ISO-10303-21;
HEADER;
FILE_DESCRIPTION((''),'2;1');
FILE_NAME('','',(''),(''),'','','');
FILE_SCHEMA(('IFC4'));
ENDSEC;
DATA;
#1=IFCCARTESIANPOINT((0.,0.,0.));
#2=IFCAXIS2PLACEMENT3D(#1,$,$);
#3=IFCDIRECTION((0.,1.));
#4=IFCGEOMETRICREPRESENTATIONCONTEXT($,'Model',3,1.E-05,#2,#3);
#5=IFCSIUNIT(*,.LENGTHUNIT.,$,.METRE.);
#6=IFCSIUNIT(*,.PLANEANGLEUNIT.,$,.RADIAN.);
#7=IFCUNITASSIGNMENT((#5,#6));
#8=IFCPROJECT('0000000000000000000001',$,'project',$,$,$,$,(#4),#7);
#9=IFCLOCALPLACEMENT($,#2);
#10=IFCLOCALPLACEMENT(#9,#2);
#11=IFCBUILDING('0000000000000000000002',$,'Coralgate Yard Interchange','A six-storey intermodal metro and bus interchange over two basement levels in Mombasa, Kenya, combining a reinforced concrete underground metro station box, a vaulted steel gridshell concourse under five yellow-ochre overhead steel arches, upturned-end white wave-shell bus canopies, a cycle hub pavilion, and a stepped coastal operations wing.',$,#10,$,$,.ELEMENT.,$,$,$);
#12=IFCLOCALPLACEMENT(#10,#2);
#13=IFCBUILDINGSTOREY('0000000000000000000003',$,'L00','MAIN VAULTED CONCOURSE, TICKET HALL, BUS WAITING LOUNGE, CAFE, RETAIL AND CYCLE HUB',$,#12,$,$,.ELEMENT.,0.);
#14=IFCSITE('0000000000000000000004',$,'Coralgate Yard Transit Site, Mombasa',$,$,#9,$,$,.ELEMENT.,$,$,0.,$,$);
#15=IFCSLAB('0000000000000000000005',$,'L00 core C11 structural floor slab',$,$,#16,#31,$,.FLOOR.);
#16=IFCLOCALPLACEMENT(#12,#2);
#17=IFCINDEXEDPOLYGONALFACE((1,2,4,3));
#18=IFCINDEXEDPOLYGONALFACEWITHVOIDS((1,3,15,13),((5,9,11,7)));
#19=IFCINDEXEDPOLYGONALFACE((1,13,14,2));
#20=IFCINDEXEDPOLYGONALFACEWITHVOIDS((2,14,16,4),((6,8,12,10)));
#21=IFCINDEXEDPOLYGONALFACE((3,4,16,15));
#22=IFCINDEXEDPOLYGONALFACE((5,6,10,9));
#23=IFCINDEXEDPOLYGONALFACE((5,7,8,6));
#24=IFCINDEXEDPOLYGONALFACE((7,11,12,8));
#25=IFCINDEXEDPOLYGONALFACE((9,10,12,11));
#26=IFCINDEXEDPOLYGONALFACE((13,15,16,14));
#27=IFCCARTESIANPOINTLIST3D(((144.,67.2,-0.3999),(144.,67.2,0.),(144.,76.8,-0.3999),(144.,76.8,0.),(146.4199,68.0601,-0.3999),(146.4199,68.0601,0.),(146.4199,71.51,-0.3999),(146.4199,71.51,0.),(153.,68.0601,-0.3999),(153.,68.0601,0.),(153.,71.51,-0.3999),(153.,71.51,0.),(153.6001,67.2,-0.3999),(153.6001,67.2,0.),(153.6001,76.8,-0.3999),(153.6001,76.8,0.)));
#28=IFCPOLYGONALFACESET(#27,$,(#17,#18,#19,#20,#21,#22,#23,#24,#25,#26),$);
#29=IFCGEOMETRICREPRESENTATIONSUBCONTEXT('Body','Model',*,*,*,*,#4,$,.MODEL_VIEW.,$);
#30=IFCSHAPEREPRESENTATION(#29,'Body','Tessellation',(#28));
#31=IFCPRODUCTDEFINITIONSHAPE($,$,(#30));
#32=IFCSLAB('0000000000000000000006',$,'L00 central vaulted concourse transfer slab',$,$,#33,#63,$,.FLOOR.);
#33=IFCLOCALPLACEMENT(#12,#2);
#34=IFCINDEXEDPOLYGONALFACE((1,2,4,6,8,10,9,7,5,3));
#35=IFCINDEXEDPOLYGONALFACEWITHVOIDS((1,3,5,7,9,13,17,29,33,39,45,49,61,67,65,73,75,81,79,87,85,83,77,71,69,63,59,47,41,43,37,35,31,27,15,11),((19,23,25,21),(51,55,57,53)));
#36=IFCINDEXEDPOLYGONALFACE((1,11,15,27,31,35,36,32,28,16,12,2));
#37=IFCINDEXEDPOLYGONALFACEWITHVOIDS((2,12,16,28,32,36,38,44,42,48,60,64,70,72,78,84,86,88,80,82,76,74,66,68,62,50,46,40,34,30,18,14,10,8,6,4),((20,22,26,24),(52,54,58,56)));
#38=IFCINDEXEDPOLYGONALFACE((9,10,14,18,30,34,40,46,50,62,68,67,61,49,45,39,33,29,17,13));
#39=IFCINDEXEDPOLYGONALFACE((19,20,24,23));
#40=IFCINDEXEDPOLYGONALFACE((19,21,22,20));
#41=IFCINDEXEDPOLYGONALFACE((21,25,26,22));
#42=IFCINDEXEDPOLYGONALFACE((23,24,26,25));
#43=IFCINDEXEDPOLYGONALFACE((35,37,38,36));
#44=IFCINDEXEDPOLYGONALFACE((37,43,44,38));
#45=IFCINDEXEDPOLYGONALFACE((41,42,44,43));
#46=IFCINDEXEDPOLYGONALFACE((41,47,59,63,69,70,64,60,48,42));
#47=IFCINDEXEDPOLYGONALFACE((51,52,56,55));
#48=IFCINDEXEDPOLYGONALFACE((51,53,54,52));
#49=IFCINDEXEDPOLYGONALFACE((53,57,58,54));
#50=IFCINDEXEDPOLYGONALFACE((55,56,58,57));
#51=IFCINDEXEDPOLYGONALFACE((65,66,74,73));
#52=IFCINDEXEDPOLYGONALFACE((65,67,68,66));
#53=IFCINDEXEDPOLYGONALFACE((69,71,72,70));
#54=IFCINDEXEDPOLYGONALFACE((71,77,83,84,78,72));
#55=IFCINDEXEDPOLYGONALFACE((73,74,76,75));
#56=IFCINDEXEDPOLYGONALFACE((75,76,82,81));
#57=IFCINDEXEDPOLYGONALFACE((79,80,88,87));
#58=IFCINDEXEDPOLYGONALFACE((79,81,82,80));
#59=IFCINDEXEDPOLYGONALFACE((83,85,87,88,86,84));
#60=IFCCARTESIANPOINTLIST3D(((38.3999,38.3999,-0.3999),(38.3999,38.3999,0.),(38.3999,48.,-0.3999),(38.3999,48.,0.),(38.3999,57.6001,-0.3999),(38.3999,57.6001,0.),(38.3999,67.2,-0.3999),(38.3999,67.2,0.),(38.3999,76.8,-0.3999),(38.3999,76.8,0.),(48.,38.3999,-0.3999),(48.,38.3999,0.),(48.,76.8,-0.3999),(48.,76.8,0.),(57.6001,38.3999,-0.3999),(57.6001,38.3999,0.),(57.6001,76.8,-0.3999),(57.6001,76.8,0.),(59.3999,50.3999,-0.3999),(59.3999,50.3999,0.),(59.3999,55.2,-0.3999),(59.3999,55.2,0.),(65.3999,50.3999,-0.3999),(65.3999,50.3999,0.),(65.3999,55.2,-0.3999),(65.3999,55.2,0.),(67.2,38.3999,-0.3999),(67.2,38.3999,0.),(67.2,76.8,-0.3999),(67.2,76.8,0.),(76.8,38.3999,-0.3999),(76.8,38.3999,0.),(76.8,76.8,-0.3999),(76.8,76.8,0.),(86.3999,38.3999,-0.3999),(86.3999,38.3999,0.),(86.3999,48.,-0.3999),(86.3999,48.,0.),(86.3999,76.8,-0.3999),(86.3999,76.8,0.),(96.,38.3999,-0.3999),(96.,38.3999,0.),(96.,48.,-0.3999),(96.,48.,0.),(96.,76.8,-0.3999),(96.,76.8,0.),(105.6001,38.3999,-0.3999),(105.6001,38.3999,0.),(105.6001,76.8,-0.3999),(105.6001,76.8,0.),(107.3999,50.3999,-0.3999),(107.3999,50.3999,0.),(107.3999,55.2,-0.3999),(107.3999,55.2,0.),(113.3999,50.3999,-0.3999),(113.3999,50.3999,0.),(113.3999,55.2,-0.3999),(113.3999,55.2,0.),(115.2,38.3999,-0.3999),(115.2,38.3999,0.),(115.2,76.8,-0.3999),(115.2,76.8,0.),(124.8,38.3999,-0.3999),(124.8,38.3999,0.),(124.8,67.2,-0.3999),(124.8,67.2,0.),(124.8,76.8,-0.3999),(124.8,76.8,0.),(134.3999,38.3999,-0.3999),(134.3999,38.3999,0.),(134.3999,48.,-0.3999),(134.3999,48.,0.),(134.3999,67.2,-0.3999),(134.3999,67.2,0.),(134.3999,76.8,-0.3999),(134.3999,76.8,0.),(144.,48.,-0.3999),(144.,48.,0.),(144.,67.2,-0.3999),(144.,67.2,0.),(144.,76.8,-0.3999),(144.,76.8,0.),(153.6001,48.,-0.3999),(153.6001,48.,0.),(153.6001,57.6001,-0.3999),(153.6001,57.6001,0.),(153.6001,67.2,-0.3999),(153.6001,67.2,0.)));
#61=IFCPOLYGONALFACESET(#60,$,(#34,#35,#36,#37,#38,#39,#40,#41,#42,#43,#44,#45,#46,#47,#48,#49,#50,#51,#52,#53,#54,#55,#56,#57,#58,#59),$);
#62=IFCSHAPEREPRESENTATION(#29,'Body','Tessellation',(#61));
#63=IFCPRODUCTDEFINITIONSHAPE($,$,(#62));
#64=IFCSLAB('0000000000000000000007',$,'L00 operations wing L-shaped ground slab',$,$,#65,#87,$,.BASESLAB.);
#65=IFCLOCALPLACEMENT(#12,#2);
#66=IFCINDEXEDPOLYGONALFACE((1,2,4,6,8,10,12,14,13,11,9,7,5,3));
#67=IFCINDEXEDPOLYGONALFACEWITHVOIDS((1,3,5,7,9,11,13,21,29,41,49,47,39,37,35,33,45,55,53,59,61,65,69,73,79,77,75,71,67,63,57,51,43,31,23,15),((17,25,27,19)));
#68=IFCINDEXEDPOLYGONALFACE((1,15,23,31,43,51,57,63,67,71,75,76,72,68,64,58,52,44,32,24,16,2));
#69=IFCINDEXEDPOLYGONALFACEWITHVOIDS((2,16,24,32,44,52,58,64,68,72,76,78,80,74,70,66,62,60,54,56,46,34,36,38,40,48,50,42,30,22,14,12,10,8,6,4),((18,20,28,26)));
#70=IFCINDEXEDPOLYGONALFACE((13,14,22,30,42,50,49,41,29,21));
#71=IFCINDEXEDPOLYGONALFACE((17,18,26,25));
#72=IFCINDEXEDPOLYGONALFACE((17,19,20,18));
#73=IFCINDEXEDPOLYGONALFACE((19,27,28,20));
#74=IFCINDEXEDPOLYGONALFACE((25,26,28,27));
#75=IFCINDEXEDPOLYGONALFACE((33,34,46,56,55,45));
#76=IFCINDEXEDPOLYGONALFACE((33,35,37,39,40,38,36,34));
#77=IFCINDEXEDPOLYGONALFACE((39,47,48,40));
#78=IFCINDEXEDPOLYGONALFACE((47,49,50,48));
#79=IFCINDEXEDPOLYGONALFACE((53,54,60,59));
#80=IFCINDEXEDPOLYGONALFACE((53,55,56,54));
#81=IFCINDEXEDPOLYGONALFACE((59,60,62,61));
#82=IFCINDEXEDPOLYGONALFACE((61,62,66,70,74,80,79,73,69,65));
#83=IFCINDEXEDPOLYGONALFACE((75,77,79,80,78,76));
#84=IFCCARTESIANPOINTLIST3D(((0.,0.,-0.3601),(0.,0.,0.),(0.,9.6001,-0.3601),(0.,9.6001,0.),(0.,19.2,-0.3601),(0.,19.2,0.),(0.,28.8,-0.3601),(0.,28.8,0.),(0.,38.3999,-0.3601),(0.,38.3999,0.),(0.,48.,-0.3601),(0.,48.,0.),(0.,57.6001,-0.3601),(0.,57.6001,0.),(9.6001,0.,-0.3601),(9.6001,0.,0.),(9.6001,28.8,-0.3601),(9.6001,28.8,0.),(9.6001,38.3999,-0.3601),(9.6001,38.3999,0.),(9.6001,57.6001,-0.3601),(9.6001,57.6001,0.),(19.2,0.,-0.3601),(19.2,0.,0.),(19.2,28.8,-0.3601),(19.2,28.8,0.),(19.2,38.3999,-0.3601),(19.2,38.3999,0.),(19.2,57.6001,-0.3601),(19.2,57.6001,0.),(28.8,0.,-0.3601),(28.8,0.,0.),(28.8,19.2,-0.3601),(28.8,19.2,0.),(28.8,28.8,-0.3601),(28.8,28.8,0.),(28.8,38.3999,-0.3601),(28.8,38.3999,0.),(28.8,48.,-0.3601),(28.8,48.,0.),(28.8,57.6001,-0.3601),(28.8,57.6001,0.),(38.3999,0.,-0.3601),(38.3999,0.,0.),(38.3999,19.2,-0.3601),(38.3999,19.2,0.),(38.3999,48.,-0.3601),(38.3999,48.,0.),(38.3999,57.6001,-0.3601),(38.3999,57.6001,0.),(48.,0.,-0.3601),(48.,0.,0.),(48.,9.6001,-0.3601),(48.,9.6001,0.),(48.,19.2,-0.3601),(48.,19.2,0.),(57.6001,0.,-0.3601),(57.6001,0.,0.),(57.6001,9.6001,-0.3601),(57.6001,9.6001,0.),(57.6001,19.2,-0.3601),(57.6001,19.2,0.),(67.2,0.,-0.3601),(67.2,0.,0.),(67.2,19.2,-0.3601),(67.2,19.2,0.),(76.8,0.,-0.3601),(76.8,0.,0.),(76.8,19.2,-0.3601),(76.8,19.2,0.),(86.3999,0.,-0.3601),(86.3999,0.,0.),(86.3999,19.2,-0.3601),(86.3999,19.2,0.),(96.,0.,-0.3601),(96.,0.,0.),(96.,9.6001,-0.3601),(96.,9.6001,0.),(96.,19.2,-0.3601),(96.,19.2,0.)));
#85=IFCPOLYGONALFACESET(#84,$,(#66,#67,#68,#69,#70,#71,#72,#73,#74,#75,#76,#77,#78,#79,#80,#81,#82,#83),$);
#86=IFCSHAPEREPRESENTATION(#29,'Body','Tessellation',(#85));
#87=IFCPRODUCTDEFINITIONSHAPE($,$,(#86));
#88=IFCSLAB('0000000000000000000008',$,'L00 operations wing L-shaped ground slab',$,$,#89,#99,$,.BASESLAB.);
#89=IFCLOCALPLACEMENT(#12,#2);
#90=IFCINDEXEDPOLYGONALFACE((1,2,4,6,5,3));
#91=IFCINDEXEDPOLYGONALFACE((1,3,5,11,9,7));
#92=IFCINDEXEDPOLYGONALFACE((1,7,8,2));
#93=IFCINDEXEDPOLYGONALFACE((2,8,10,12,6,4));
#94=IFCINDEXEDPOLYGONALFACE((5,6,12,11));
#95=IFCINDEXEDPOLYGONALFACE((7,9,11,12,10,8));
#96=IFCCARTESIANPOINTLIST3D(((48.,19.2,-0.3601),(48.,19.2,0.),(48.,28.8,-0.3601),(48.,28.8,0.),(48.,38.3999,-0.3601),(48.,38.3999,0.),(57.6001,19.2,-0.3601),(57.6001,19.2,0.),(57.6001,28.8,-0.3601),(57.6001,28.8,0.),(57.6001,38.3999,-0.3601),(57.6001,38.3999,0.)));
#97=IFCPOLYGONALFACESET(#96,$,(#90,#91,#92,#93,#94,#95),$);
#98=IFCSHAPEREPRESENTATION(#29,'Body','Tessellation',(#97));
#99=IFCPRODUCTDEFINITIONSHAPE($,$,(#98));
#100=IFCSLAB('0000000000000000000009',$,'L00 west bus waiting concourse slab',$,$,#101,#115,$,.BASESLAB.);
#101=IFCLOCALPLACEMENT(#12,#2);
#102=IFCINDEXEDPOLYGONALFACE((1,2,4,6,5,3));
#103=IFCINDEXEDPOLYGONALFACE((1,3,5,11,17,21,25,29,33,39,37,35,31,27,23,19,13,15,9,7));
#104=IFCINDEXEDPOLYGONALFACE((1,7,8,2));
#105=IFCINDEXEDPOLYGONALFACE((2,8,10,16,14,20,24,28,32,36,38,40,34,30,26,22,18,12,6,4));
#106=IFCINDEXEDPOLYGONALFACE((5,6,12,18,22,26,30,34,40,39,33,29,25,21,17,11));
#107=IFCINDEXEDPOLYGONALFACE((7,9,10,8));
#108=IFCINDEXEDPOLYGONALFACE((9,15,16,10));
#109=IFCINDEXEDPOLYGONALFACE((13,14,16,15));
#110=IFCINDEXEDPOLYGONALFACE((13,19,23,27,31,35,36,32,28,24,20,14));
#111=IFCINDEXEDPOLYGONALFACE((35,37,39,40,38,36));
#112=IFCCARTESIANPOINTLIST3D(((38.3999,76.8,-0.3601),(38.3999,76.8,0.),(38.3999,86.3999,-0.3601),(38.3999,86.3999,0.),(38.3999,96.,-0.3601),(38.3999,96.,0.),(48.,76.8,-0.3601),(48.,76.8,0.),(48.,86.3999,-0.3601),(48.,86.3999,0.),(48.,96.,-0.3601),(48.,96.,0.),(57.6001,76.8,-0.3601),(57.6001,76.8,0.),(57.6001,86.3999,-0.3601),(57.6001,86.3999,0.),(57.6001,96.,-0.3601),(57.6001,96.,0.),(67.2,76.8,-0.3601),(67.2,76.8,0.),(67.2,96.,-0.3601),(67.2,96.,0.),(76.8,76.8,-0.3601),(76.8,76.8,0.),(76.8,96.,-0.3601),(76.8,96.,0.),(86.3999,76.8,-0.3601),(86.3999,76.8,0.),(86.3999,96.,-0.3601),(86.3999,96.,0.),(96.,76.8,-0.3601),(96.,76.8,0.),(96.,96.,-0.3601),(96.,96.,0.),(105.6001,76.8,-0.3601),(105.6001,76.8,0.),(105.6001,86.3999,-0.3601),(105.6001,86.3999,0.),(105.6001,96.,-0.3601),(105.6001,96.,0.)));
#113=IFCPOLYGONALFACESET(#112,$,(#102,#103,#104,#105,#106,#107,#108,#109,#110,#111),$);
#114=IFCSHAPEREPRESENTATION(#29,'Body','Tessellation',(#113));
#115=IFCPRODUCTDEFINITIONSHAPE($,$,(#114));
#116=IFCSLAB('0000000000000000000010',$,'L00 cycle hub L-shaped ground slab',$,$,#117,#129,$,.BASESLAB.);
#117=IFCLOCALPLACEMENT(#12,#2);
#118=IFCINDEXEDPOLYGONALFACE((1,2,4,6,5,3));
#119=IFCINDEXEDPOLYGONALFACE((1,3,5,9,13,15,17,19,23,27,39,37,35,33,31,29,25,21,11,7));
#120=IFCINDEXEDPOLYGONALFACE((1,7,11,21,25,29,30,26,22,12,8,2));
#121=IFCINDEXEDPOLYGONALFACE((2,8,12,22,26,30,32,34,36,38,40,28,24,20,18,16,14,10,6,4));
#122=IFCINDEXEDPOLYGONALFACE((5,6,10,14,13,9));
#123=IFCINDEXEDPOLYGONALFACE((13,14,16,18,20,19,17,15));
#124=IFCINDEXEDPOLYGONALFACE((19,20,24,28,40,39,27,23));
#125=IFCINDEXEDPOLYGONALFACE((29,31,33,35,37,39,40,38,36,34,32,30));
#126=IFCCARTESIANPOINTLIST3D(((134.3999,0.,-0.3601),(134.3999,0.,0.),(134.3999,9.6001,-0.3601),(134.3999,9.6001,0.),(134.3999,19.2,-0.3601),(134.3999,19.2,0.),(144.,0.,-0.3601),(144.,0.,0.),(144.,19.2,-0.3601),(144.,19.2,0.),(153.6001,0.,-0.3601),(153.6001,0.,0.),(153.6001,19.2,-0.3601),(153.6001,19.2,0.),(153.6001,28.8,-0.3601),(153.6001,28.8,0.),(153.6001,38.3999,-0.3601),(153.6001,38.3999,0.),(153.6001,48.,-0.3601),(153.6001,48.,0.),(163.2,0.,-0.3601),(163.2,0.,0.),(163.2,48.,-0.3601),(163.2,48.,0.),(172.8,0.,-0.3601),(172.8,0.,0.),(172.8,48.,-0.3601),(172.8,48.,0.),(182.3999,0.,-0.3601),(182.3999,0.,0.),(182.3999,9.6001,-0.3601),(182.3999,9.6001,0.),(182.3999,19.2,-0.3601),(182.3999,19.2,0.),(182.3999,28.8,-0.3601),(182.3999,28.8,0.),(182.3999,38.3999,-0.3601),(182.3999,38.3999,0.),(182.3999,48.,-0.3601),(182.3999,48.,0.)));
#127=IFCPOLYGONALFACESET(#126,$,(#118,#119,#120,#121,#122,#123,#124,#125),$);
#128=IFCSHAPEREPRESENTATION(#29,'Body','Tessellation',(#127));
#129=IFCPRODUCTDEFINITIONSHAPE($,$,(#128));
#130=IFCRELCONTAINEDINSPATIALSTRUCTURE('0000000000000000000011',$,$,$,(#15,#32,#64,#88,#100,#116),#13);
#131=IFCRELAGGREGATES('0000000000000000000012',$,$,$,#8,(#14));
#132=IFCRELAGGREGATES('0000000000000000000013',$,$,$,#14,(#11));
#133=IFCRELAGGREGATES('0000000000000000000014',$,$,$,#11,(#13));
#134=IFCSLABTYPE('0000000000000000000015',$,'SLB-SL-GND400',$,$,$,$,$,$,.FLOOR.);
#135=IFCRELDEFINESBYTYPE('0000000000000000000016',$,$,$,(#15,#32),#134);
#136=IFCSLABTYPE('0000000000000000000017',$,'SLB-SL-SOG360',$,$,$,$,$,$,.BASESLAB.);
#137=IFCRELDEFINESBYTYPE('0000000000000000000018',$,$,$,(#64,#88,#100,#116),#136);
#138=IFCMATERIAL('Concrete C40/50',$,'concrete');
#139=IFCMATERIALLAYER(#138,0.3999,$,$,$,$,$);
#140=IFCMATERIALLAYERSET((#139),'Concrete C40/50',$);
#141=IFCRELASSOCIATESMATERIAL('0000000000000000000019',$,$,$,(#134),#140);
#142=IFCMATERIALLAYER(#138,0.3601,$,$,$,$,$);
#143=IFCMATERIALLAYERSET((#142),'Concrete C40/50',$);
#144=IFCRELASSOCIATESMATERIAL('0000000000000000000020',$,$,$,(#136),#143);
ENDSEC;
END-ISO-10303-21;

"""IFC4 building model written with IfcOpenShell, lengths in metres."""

from ifc_helpers import new_model, si_unit, direction, frame, origin, place, context, subcontext, project, spatial, polyline, outline, extrude, material, layer, layer_set, type_object, element, save


model = new_model("IFC4")

# Units and contexts
model_context = context("Model", 3, precision=1e-05, world=origin(), true_north=direction((0.0, 1.0)))
body_context = subcontext(model_context, "Body", "Model", "MODEL_VIEW")
ifc_project = project(units=[si_unit("LENGTHUNIT", "METRE"), si_unit("PLANEANGLEUNIT", "RADIAN")], contexts=[model_context])

# Site, building, storey
site_placement = place(None, origin())
site = spatial("IfcSite", under=ifc_project, at=site_placement, Name="Coralgate Yard Transit Site, Mombasa", CompositionType="ELEMENT", RefElevation=0.0)
building_placement = place(site_placement, origin())
building = spatial("IfcBuilding", under=site, at=building_placement, Name="Coralgate Yard Interchange", Description="A six-storey intermodal metro and bus interchange over two basement levels in Mombasa, Kenya, combining a reinforced concrete underground metro station box, a vaulted steel gridshell concourse under five yellow-ochre overhead steel arches, upturned-end white wave-shell bus canopies, a cycle hub pavilion, and a stepped coastal operations wing.", CompositionType="ELEMENT")
storey_placement = place(building_placement, origin())
storey = spatial("IfcBuildingStorey", under=building, at=storey_placement, Name="L00", Description="MAIN VAULTED CONCOURSE, TICKET HALL, BUS WAITING LOUNGE, CAFE, RETAIL AND CYCLE HUB", CompositionType="ELEMENT", Elevation=0.0)

# Shared definitions
ifc_material_1 = material(Name="Concrete C40/50", Category="concrete")

# Slabs
ifc_layer_1 = layer(ifc_material_1, 0.3999)
ifc_layer_set_1 = layer_set([ifc_layer_1], Name="Concrete C40/50")
slab_type_1 = type_object("IfcSlabType", Name="SLB-SL-GND400", PredefinedType="FLOOR", material=ifc_layer_set_1)
slab_1_placement = place(storey_placement, frame((0.0, 0.0, -0.3999)))
element("IfcSlab", 1, at=slab_1_placement, inside=storey, type_object=slab_type_1, Name="L00 core C11 structural floor slab", PredefinedType="FLOOR", context=body_context, shape_type="SweptSolid", body=[
    extrude(outline(polyline([(144.0, 76.8), (153.6001, 76.8), (153.6001, 67.2), (144.0, 67.2), (144.0, 76.8)]), holes=[polyline([(153.0, 68.0601), (153.0, 71.51), (146.4199, 71.51), (146.4199, 68.0601), (153.0, 68.0601)])]), origin(), (0.0, 0.0, 1.0), 0.3999),
])
slab_2_placement = place(storey_placement, frame((0.0, 0.0, -0.3999)))
element("IfcSlab", 2, at=slab_2_placement, inside=storey, type_object=slab_type_1, Name="L00 central vaulted concourse transfer slab", PredefinedType="FLOOR", context=body_context, shape_type="SweptSolid", body=[
    extrude(outline(polyline([(57.6001, 76.8), (67.2, 76.8), (76.8, 76.8), (86.3999, 76.8), (96.0, 76.8), (105.6001, 76.8), (115.2, 76.8), (124.8, 76.8), (124.8, 67.2), (134.3999, 67.2), (134.3999, 76.8), (144.0, 76.8), (144.0, 67.2), (153.6001, 67.2), (153.6001, 57.6001), (153.6001, 48.0), (144.0, 48.0), (134.3999, 48.0), (134.3999, 38.3999), (124.8, 38.3999), (115.2, 38.3999), (105.6001, 38.3999), (96.0, 38.3999), (96.0, 48.0), (86.3999, 48.0), (86.3999, 38.3999), (76.8, 38.3999), (67.2, 38.3999), (57.6001, 38.3999), (48.0, 38.3999), (38.3999, 38.3999), (38.3999, 48.0), (38.3999, 57.6001), (38.3999, 67.2), (38.3999, 76.8), (48.0, 76.8), (57.6001, 76.8)]), holes=[polyline([(65.3999, 55.2), (59.3999, 55.2), (59.3999, 50.3999), (65.3999, 50.3999), (65.3999, 55.2)]), polyline([(113.3999, 50.3999), (113.3999, 55.2), (107.3999, 55.2), (107.3999, 50.3999), (113.3999, 50.3999)])]), origin(), (0.0, 0.0, 1.0), 0.3999),
])
ifc_layer_2 = layer(ifc_material_1, 0.3601)
ifc_layer_set_2 = layer_set([ifc_layer_2], Name="Concrete C40/50")
slab_type_2 = type_object("IfcSlabType", Name="SLB-SL-SOG360", PredefinedType="BASESLAB", material=ifc_layer_set_2)
slab_3_placement = place(storey_placement, frame((0.0, 0.0, -0.3601)))
element("IfcSlab", 3, at=slab_3_placement, inside=storey, type_object=slab_type_2, Name="L00 operations wing L-shaped ground slab", PredefinedType="BASESLAB", context=body_context, shape_type="SweptSolid", body=[
    extrude(outline(polyline([(0.0, 0.0), (0.0, 9.6001), (0.0, 19.2), (0.0, 28.8), (0.0, 38.3999), (0.0, 48.0), (0.0, 57.6001), (9.6001, 57.6001), (19.2, 57.6001), (28.8, 57.6001), (38.3999, 57.6001), (38.3999, 48.0), (28.8, 48.0), (28.8, 38.3999), (28.8, 28.8), (28.8, 19.2), (38.3999, 19.2), (48.0, 19.2), (48.0, 9.6001), (57.6001, 9.6001), (57.6001, 19.2), (67.2, 19.2), (76.8, 19.2), (86.3999, 19.2), (96.0, 19.2), (96.0, 9.6001), (96.0, 0.0), (86.3999, 0.0), (76.8, 0.0), (67.2, 0.0), (57.6001, 0.0), (48.0, 0.0), (38.3999, 0.0), (28.8, 0.0), (19.2, 0.0), (9.6001, 0.0), (0.0, 0.0)]), holes=[polyline([(19.2, 38.3999), (9.6001, 38.3999), (9.6001, 28.8), (19.2, 28.8), (19.2, 38.3999)])]), origin(), (0.0, 0.0, 1.0), 0.3601),
])
slab_4_placement = place(storey_placement, frame((0.0, 0.0, -0.3601)))
element("IfcSlab", 4, at=slab_4_placement, inside=storey, type_object=slab_type_2, Name="L00 operations wing L-shaped ground slab", PredefinedType="BASESLAB", context=body_context, shape_type="SweptSolid", body=[
    extrude(outline(polyline([(57.6001, 38.3999), (57.6001, 28.8), (57.6001, 19.2), (48.0, 19.2), (48.0, 28.8), (48.0, 38.3999), (57.6001, 38.3999)])), origin(), (0.0, 0.0, 1.0), 0.3601),
])
slab_5_placement = place(storey_placement, frame((0.0, 0.0, -0.3601)))
element("IfcSlab", 5, at=slab_5_placement, inside=storey, type_object=slab_type_2, Name="L00 west bus waiting concourse slab", PredefinedType="BASESLAB", context=body_context, shape_type="SweptSolid", body=[
    extrude(outline(polyline([(38.3999, 76.8), (38.3999, 86.3999), (38.3999, 96.0), (48.0, 96.0), (57.6001, 96.0), (67.2, 96.0), (76.8, 96.0), (86.3999, 96.0), (96.0, 96.0), (105.6001, 96.0), (105.6001, 86.3999), (105.6001, 76.8), (96.0, 76.8), (86.3999, 76.8), (76.8, 76.8), (67.2, 76.8), (57.6001, 76.8), (57.6001, 86.3999), (48.0, 86.3999), (48.0, 76.8), (38.3999, 76.8)])), origin(), (0.0, 0.0, 1.0), 0.3601),
])
slab_6_placement = place(storey_placement, frame((0.0, 0.0, -0.3601)))
element("IfcSlab", 6, at=slab_6_placement, inside=storey, type_object=slab_type_2, Name="L00 cycle hub L-shaped ground slab", PredefinedType="BASESLAB", context=body_context, shape_type="SweptSolid", body=[
    extrude(outline(polyline([(163.2, 0.0), (153.6001, 0.0), (144.0, 0.0), (134.3999, 0.0), (134.3999, 9.6001), (134.3999, 19.2), (144.0, 19.2), (153.6001, 19.2), (153.6001, 28.8), (153.6001, 38.3999), (153.6001, 48.0), (163.2, 48.0), (172.8, 48.0), (182.3999, 48.0), (182.3999, 38.3999), (182.3999, 28.8), (182.3999, 19.2), (182.3999, 9.6001), (182.3999, 0.0), (172.8, 0.0), (163.2, 0.0)])), origin(), (0.0, 0.0, 1.0), 0.3601),
])

save(model, "model.ifc")
